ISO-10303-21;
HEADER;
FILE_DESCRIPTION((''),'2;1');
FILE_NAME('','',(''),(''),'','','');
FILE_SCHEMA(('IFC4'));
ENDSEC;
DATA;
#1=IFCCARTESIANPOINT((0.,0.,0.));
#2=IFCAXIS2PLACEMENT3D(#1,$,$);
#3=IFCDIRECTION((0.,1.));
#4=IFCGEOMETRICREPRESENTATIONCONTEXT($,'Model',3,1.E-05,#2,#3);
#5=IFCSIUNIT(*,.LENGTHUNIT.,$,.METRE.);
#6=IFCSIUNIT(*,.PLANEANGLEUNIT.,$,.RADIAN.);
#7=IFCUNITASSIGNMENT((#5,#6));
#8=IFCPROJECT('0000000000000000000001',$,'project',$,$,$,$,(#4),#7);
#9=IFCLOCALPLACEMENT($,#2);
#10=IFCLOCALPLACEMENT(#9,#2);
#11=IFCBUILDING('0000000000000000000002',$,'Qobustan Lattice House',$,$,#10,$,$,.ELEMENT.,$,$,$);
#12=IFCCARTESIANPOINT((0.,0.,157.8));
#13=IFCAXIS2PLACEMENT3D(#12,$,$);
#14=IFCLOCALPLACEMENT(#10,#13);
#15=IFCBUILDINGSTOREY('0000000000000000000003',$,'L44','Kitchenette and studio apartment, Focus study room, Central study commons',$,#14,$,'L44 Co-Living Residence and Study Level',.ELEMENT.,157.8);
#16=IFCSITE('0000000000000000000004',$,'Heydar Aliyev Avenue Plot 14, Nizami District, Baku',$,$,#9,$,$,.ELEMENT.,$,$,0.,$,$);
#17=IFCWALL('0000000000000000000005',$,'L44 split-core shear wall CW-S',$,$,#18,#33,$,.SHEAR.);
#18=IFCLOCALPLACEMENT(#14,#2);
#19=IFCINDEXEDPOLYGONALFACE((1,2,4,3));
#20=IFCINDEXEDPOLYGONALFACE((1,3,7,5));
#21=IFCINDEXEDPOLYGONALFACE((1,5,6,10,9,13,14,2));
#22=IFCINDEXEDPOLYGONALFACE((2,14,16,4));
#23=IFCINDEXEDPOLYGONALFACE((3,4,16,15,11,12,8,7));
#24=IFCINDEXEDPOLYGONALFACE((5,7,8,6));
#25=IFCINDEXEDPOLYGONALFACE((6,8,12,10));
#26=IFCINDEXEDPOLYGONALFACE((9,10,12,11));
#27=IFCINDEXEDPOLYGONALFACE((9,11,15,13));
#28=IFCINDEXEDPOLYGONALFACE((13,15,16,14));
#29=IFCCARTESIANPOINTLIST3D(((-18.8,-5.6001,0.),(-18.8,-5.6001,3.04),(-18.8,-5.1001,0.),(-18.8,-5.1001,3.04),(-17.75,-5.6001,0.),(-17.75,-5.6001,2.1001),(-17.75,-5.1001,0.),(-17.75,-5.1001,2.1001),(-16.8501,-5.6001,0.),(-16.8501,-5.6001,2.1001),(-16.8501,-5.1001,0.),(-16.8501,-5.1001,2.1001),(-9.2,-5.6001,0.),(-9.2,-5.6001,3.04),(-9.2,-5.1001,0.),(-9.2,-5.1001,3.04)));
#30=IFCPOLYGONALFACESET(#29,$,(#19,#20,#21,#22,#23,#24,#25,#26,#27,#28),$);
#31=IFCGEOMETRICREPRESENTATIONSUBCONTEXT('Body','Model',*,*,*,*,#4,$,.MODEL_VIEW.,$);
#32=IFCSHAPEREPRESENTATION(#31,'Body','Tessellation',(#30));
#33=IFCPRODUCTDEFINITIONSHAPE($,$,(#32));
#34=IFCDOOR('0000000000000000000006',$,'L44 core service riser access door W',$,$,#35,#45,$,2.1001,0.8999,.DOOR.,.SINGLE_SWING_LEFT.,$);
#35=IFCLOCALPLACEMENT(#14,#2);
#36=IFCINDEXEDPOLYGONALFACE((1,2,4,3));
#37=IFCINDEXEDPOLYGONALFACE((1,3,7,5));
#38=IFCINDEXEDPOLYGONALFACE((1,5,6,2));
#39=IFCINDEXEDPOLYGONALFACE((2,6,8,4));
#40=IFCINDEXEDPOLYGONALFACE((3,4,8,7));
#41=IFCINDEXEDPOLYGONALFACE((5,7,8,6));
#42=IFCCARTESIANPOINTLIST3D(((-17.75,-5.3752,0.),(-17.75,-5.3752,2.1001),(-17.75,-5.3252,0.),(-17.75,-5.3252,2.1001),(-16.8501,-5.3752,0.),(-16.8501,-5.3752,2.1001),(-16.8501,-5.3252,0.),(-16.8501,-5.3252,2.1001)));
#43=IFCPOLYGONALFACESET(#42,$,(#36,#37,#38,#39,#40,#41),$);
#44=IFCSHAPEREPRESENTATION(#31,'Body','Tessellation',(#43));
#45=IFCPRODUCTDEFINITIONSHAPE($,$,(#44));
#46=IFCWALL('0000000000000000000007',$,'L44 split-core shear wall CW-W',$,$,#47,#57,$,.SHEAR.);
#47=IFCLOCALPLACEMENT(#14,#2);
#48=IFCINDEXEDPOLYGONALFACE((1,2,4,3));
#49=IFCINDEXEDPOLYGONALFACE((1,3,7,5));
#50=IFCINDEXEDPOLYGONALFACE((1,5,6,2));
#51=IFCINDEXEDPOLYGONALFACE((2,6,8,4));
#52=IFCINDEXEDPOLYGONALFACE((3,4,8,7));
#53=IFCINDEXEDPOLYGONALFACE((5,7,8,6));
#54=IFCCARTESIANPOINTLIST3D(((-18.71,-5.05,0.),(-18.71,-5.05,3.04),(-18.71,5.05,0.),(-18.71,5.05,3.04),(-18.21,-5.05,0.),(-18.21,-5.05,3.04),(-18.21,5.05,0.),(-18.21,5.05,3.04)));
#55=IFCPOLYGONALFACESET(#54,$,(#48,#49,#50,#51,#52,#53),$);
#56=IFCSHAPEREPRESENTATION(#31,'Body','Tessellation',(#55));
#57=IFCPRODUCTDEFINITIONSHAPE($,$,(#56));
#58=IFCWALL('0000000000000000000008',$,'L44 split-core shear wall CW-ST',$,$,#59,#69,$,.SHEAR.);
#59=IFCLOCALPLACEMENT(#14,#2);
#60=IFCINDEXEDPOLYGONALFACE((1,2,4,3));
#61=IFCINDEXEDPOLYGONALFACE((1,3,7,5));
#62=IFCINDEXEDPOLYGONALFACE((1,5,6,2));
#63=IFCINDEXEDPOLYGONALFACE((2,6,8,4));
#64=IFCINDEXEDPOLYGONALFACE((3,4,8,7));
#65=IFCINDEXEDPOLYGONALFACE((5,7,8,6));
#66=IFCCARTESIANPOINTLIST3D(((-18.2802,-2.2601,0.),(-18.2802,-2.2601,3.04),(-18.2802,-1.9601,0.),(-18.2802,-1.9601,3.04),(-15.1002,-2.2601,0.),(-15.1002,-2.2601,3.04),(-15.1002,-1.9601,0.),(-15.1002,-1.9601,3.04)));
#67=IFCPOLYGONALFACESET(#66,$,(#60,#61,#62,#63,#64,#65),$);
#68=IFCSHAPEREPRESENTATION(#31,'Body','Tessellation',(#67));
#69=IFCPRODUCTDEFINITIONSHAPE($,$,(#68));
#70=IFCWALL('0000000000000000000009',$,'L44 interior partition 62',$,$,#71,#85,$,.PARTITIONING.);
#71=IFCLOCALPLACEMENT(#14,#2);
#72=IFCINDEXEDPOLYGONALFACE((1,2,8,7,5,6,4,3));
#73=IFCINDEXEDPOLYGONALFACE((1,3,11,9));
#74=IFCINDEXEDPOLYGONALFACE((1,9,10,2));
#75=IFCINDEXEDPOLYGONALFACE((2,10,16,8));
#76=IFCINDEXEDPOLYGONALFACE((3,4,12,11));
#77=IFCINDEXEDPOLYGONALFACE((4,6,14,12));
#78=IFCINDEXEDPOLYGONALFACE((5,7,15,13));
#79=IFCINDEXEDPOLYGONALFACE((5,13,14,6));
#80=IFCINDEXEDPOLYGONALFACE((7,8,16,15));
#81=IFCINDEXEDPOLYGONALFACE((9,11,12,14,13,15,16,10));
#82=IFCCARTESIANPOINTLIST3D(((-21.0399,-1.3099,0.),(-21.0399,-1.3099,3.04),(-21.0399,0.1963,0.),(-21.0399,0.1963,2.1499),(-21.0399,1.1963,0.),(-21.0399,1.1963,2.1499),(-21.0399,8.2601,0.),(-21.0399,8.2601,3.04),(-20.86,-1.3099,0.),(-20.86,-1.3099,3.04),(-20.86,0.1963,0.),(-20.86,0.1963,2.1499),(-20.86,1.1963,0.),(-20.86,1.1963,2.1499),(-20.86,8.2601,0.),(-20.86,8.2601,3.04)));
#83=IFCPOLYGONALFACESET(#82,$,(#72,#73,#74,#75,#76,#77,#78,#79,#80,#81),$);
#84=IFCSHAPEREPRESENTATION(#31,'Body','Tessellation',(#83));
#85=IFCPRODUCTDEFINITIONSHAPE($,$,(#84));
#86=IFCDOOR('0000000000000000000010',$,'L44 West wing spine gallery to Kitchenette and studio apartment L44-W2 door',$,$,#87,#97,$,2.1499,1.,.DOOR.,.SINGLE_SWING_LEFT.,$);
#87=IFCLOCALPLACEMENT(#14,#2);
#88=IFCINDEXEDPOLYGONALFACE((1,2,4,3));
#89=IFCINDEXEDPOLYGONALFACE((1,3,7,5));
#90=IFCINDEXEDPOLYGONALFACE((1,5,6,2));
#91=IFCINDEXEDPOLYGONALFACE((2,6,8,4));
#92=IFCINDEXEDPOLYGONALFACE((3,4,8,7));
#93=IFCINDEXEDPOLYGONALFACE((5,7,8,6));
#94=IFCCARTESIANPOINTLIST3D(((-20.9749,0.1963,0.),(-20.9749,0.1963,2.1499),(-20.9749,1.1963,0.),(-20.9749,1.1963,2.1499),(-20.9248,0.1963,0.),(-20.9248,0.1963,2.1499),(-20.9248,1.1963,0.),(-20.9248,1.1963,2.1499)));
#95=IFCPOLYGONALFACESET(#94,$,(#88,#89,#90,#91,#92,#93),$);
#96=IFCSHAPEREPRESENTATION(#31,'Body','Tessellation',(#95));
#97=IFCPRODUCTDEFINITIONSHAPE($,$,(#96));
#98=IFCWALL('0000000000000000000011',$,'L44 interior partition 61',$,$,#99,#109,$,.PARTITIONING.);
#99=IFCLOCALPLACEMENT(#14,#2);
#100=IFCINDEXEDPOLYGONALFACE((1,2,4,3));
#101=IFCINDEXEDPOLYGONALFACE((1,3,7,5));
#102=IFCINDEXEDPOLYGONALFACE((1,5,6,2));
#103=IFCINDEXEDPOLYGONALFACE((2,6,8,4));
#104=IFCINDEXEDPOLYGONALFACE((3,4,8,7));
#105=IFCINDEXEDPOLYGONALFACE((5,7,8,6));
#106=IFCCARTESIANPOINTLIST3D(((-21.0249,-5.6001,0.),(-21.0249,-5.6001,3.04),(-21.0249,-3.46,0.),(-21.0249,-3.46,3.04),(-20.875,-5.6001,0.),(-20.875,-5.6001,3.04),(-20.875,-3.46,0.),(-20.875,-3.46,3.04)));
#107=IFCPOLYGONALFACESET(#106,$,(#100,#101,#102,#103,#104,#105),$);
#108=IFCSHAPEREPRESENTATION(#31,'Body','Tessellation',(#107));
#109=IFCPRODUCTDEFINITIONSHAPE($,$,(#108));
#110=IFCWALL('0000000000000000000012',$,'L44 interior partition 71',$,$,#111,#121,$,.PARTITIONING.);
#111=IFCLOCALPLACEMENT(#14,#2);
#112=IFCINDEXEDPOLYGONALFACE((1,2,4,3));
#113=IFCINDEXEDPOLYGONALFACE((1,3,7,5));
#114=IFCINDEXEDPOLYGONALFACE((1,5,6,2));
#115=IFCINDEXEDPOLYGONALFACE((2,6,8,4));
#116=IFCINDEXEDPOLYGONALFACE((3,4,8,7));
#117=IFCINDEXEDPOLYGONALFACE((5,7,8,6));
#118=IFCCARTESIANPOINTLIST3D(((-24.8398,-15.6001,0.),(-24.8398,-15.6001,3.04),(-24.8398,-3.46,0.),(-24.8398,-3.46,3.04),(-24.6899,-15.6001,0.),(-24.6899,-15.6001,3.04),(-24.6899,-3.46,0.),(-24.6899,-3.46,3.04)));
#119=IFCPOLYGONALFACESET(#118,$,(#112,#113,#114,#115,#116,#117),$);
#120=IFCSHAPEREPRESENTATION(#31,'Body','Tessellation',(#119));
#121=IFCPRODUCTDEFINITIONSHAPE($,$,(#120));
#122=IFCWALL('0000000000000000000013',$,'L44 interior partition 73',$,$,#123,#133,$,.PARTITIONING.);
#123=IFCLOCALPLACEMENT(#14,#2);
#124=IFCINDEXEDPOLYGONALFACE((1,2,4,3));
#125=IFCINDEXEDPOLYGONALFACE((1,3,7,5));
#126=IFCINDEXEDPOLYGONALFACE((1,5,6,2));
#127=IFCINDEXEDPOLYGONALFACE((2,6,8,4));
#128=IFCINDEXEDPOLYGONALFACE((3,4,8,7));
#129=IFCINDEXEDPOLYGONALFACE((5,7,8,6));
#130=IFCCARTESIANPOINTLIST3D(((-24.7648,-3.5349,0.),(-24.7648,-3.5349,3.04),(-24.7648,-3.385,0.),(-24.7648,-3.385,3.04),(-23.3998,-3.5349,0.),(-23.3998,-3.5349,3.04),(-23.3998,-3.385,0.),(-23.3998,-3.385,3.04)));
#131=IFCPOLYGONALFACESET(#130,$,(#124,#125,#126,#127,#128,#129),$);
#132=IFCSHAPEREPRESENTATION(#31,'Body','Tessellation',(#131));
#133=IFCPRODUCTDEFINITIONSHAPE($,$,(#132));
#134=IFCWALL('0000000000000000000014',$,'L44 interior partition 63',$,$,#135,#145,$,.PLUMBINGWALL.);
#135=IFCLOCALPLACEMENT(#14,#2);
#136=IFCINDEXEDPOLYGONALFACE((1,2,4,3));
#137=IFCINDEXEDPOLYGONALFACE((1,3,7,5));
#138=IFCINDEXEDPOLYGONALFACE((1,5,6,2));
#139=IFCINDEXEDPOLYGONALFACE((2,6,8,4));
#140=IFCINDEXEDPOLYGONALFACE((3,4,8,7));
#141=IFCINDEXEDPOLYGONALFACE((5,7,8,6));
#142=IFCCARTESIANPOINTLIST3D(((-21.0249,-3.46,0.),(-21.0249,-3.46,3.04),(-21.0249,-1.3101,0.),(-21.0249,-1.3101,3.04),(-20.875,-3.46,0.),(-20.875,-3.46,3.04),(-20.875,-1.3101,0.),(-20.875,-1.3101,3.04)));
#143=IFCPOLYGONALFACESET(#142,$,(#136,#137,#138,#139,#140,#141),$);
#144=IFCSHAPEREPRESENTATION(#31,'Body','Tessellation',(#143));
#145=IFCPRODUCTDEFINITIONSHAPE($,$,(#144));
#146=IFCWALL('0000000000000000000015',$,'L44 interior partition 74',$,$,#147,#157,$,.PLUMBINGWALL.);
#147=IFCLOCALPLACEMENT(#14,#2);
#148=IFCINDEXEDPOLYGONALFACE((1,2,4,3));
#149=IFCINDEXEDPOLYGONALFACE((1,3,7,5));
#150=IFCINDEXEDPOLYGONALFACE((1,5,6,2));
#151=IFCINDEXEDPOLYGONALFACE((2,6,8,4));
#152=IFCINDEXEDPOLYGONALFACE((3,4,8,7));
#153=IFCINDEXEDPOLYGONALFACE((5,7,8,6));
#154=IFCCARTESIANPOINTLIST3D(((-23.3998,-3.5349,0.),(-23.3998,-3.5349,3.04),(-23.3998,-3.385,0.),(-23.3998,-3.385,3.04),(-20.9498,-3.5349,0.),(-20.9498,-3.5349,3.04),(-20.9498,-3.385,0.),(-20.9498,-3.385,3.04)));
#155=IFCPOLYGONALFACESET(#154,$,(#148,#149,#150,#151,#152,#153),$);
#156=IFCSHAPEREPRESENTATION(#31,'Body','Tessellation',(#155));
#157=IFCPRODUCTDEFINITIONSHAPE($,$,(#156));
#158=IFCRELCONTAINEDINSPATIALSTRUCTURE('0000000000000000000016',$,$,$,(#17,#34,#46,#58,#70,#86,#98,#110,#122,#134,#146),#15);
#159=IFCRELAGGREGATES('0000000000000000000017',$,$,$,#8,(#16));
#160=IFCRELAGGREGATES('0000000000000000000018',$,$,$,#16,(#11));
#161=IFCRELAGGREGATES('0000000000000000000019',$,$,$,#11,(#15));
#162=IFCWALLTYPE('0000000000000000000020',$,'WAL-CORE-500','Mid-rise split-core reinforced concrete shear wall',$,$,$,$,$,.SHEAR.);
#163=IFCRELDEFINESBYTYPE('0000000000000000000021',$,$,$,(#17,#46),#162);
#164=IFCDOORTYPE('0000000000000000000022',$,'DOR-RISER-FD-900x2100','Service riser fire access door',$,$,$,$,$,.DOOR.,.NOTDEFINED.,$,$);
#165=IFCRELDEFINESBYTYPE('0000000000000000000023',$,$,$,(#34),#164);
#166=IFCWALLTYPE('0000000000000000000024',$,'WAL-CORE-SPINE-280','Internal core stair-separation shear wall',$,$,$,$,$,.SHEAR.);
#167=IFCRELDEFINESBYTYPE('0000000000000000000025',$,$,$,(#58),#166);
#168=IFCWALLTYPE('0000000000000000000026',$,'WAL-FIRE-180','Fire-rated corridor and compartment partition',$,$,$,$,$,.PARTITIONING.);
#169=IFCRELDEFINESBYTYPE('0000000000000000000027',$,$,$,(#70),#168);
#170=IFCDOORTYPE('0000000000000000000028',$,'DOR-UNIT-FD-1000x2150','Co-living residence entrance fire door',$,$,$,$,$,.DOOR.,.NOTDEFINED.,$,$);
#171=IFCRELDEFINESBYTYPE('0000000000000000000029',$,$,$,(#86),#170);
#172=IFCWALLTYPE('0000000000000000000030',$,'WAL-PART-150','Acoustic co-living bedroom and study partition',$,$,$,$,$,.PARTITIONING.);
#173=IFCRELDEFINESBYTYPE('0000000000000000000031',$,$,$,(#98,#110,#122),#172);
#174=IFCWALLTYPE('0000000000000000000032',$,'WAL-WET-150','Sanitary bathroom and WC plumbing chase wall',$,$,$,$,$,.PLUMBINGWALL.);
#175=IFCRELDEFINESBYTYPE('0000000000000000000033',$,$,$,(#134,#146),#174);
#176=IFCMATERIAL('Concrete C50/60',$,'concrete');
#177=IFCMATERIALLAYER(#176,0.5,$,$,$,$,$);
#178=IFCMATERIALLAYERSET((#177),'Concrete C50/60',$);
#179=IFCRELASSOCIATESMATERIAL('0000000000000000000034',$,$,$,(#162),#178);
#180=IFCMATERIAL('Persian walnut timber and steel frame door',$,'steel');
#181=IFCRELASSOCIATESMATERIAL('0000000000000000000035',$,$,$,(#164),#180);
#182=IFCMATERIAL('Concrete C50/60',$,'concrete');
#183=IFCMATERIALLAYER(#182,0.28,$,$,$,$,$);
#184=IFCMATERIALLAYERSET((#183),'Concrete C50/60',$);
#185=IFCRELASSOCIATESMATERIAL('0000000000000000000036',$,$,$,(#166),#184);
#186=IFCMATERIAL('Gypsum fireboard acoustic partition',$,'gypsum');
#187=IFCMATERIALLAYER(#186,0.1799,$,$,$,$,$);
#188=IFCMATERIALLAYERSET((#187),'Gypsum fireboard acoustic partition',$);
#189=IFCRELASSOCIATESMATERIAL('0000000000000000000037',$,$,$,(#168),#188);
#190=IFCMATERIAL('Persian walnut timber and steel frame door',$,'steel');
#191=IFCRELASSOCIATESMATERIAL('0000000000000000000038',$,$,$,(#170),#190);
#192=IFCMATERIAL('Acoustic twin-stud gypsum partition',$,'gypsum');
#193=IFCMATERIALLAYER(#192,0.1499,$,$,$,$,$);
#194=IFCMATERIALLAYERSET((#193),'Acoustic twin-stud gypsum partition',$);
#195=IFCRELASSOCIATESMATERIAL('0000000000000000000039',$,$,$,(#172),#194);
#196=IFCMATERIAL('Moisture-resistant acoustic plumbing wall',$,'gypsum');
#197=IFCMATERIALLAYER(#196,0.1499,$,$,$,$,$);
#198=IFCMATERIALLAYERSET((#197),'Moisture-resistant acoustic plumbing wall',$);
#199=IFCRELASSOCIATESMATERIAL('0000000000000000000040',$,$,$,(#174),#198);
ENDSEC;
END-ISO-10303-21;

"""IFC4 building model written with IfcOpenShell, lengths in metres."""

from ifc_helpers import new_model, si_unit, direction, frame, frame_2d, origin, place, context, subcontext, project, spatial, rectangle, extrude, material, layer, layer_set, type_object, element, fill, save


model = new_model("IFC4")

# Units and contexts
model_context = context("Model", 3, precision=1e-05, world=origin(), true_north=direction((0.0, 1.0)))
body_context = subcontext(model_context, "Body", "Model", "MODEL_VIEW")
ifc_project = project(units=[si_unit("LENGTHUNIT", "METRE"), si_unit("PLANEANGLEUNIT", "RADIAN")], contexts=[model_context])

# Site, building, storey
site_placement = place(None, origin())
site = spatial("IfcSite", under=ifc_project, at=site_placement, Name="Heydar Aliyev Avenue Plot 14, Nizami District, Baku", CompositionType="ELEMENT", RefElevation=0.0)
building_placement = place(site_placement, origin())
building = spatial("IfcBuilding", under=site, at=building_placement, Name="Qobustan Lattice House", CompositionType="ELEMENT")
storey_placement = place(building_placement, frame((0.0, 0.0, 157.8)))
storey = spatial("IfcBuildingStorey", under=building, at=storey_placement, Name="L44", Description="Kitchenette and studio apartment, Focus study room, Central study commons", LongName="L44 Co-Living Residence and Study Level", CompositionType="ELEMENT", Elevation=157.8)

# Wall, opening, door
ifc_material_1 = material(Name="Concrete C50/60", Category="concrete")
ifc_layer_1 = layer(ifc_material_1, 0.5)
ifc_layer_set_1 = layer_set([ifc_layer_1], Name="Concrete C50/60")
wall_type_1 = type_object("IfcWallType", Name="WAL-CORE-500", Description="Mid-rise split-core reinforced concrete shear wall", PredefinedType="SHEAR", material=ifc_layer_set_1)
wall_1_placement = place(storey_placement, frame((-18.8, -5.3501, 0.0), z_axis=(0.0, 0.0, 1.0), x_axis=(1.0, 0.0, 0.0)))
wall_1 = element("IfcWall", 1, at=wall_1_placement, inside=storey, type_object=wall_type_1, Name="L44 split-core shear wall CW-S", PredefinedType="SHEAR", context=body_context, shape_type="SweptSolid", body=[
    extrude(rectangle(XDim=9.6001, YDim=0.5, at=frame_2d((4.8, 0.0))), origin(), (0.0, 0.0, 1.0), 3.04),
])
opening_1_placement = place(wall_1_placement, frame((1.05, 0.0, 0.0)))
opening_1 = element("IfcOpeningElement", 2, at=opening_1_placement, cuts=wall_1, PredefinedType="OPENING", context=body_context, shape_type="SweptSolid", body=[
    extrude(rectangle(XDim=0.8999, YDim=2.1001, at=frame_2d((0.45, 1.05))), frame((0.0, 0.26, 0.0), z_axis=(0.0, -1.0, 0.0), x_axis=(1.0, 0.0, 0.0)), (0.0, 0.0, 1.0), 0.52),
])
ifc_material_2 = material(Name="Persian walnut timber and steel frame door", Category="steel")
door_type_1 = type_object("IfcDoorType", Name="DOR-RISER-FD-900x2100", Description="Service riser fire access door", OperationType="NOTDEFINED", PredefinedType="DOOR", material=ifc_material_2)
door_1_placement = place(opening_1_placement, origin())
door_1 = element("IfcDoor", 3, at=door_1_placement, inside=storey, type_object=door_type_1, Name="L44 core service riser access door W", OperationType="SINGLE_SWING_LEFT", OverallHeight=2.1001, OverallWidth=0.8999, PredefinedType="DOOR", context=body_context, shape_type="SweptSolid", body=[
    extrude(rectangle(XDim=0.8999, YDim=2.1001, at=frame_2d((0.45, 1.05))), frame((0.0, 0.0249, 0.0), z_axis=(0.0, -1.0, 0.0), x_axis=(1.0, 0.0, 0.0)), (0.0, 0.0, 1.0), 0.05),
])
fill(opening_1, door_1)

# Walls
wall_2_placement = place(storey_placement, frame((-18.46, -5.05, 0.0), z_axis=(0.0, 0.0, 1.0), x_axis=(0.0, 1.0, 0.0)))
element("IfcWall", 4, at=wall_2_placement, inside=storey, type_object=wall_type_1, Name="L44 split-core shear wall CW-W", PredefinedType="SHEAR", context=body_context, shape_type="SweptSolid", body=[
    extrude(rectangle(XDim=10.1001, YDim=0.5, at=frame_2d((5.05, 0.0))), origin(), (0.0, 0.0, 1.0), 3.04),
])
ifc_material_3 = material(Name="Concrete C50/60", Category="concrete")
ifc_layer_2 = layer(ifc_material_3, 0.28)
ifc_layer_set_2 = layer_set([ifc_layer_2], Name="Concrete C50/60")
wall_type_2 = type_object("IfcWallType", Name="WAL-CORE-SPINE-280", Description="Internal core stair-separation shear wall", PredefinedType="SHEAR", material=ifc_layer_set_2)
wall_3_placement = place(storey_placement, frame((-18.28, -2.1101, 0.0), z_axis=(0.0, 0.0, 1.0), x_axis=(1.0, 0.0, 0.0)))
element("IfcWall", 5, at=wall_3_placement, inside=storey, type_object=wall_type_2, Name="L44 split-core shear wall CW-ST", PredefinedType="SHEAR", context=body_context, shape_type="SweptSolid", body=[
    extrude(rectangle(XDim=3.1799, YDim=0.3, at=frame_2d((1.5898, 0.0))), origin(), (0.0, 0.0, 1.0), 3.04),
])

# Wall, opening, door
ifc_material_4 = material(Name="Gypsum fireboard acoustic partition", Category="gypsum")
ifc_layer_3 = layer(ifc_material_4, 0.1799)
ifc_layer_set_3 = layer_set([ifc_layer_3], Name="Gypsum fireboard acoustic partition")
wall_type_3 = type_object("IfcWallType", Name="WAL-FIRE-180", Description="Fire-rated corridor and compartment partition", PredefinedType="PARTITIONING", material=ifc_layer_set_3)
wall_4_placement = place(storey_placement, frame((-20.95, -1.3101, 0.0), z_axis=(0.0, 0.0, 1.0), x_axis=(0.0, 1.0, 0.0)))
wall_4 = element("IfcWall", 6, at=wall_4_placement, inside=storey, type_object=wall_type_3, Name="L44 interior partition 62", PredefinedType="PARTITIONING", context=body_context, shape_type="SweptSolid", body=[
    extrude(rectangle(XDim=9.5701, YDim=0.1799, at=frame_2d((4.7852, 0.0))), origin(), (0.0, 0.0, 1.0), 3.04),
])
opening_2_placement = place(wall_4_placement, frame((1.5063, 0.0, 0.0)))
opening_2 = element("IfcOpeningElement", 7, at=opening_2_placement, cuts=wall_4, PredefinedType="OPENING", context=body_context, shape_type="SweptSolid", body=[
    extrude(rectangle(XDim=1.0, YDim=2.1499, at=frame_2d((0.5, 1.075))), frame((0.0, 0.0999, 0.0), z_axis=(0.0, -1.0, 0.0), x_axis=(1.0, 0.0, 0.0)), (0.0, 0.0, 1.0), 0.2),
])
ifc_material_5 = material(Name="Persian walnut timber and steel frame door", Category="steel")
door_type_2 = type_object("IfcDoorType", Name="DOR-UNIT-FD-1000x2150", Description="Co-living residence entrance fire door", OperationType="NOTDEFINED", PredefinedType="DOOR", material=ifc_material_5)
door_2_placement = place(opening_2_placement, origin())
door_2 = element("IfcDoor", 8, at=door_2_placement, inside=storey, type_object=door_type_2, Name="L44 West wing spine gallery to Kitchenette and studio apartment L44-W2 door", OperationType="SINGLE_SWING_LEFT", OverallHeight=2.1499, OverallWidth=1.0, PredefinedType="DOOR", context=body_context, shape_type="SweptSolid", body=[
    extrude(rectangle(XDim=1.0, YDim=2.1499, at=frame_2d((0.5, 1.075))), frame((0.0, 0.0249, 0.0), z_axis=(0.0, -1.0, 0.0), x_axis=(1.0, 0.0, 0.0)), (0.0, 0.0, 1.0), 0.05),
])
fill(opening_2, door_2)

# Walls
ifc_material_6 = material(Name="Acoustic twin-stud gypsum partition", Category="gypsum")
ifc_layer_4 = layer(ifc_material_6, 0.1499)
ifc_layer_set_4 = layer_set([ifc_layer_4], Name="Acoustic twin-stud gypsum partition")
wall_type_4 = type_object("IfcWallType", Name="WAL-PART-150", Description="Acoustic co-living bedroom and study partition", PredefinedType="PARTITIONING", material=ifc_layer_set_4)
wall_5_placement = place(storey_placement, frame((-20.95, -5.6001, 0.0), z_axis=(0.0, 0.0, 1.0), x_axis=(0.0, 1.0, 0.0)))
element("IfcWall", 9, at=wall_5_placement, inside=storey, type_object=wall_type_4, Name="L44 interior partition 61", PredefinedType="PARTITIONING", context=body_context, shape_type="SweptSolid", body=[
    extrude(rectangle(XDim=2.1401, YDim=0.1499, at=frame_2d((1.0701, 0.0))), origin(), (0.0, 0.0, 1.0), 3.04),
])
wall_6_placement = place(storey_placement, frame((-24.7649, -3.46, 0.0), z_axis=(0.0, 0.0, 1.0), x_axis=(0.0, -1.0, 0.0)))
element("IfcWall", 10, at=wall_6_placement, inside=storey, type_object=wall_type_4, Name="L44 interior partition 71", PredefinedType="PARTITIONING", context=body_context, shape_type="SweptSolid", body=[
    extrude(rectangle(XDim=12.1401, YDim=0.1499, at=frame_2d((6.0701, 0.0))), origin(), (0.0, 0.0, 1.0), 3.04),
])

# Walls
wall_7_placement = place(storey_placement, frame((-24.7649, -3.46, 0.0), z_axis=(0.0, 0.0, 1.0), x_axis=(1.0, 0.0, 0.0)))
element("IfcWall", 11, at=wall_7_placement, inside=storey, type_object=wall_type_4, Name="L44 interior partition 73", PredefinedType="PARTITIONING", context=body_context, shape_type="SweptSolid", body=[
    extrude(rectangle(XDim=1.365, YDim=0.1499, at=frame_2d((0.6826, 0.0))), origin(), (0.0, 0.0, 1.0), 3.04),
])
ifc_material_7 = material(Name="Moisture-resistant acoustic plumbing wall", Category="gypsum")
ifc_layer_5 = layer(ifc_material_7, 0.1499)
ifc_layer_set_5 = layer_set([ifc_layer_5], Name="Moisture-resistant acoustic plumbing wall")
wall_type_5 = type_object("IfcWallType", Name="WAL-WET-150", Description="Sanitary bathroom and WC plumbing chase wall", PredefinedType="PLUMBINGWALL", material=ifc_layer_set_5)
wall_8_placement = place(storey_placement, frame((-20.95, -3.46, 0.0), z_axis=(0.0, 0.0, 1.0), x_axis=(0.0, 1.0, 0.0)))
element("IfcWall", 12, at=wall_8_placement, inside=storey, type_object=wall_type_5, Name="L44 interior partition 63", PredefinedType="PLUMBINGWALL", context=body_context, shape_type="SweptSolid", body=[
    extrude(rectangle(XDim=2.1499, YDim=0.1499, at=frame_2d((1.075, 0.0))), origin(), (0.0, 0.0, 1.0), 3.04),
])
wall_9_placement = place(storey_placement, frame((-23.3999, -3.46, 0.0), z_axis=(0.0, 0.0, 1.0), x_axis=(1.0, 0.0, 0.0)))
element("IfcWall", 13, at=wall_9_placement, inside=storey, type_object=wall_type_5, Name="L44 interior partition 74", PredefinedType="PLUMBINGWALL", context=body_context, shape_type="SweptSolid", body=[
    extrude(rectangle(XDim=2.45, YDim=0.1499, at=frame_2d((1.2251, 0.0))), origin(), (0.0, 0.0, 1.0), 3.04),
])

save(model, "model.ifc")
